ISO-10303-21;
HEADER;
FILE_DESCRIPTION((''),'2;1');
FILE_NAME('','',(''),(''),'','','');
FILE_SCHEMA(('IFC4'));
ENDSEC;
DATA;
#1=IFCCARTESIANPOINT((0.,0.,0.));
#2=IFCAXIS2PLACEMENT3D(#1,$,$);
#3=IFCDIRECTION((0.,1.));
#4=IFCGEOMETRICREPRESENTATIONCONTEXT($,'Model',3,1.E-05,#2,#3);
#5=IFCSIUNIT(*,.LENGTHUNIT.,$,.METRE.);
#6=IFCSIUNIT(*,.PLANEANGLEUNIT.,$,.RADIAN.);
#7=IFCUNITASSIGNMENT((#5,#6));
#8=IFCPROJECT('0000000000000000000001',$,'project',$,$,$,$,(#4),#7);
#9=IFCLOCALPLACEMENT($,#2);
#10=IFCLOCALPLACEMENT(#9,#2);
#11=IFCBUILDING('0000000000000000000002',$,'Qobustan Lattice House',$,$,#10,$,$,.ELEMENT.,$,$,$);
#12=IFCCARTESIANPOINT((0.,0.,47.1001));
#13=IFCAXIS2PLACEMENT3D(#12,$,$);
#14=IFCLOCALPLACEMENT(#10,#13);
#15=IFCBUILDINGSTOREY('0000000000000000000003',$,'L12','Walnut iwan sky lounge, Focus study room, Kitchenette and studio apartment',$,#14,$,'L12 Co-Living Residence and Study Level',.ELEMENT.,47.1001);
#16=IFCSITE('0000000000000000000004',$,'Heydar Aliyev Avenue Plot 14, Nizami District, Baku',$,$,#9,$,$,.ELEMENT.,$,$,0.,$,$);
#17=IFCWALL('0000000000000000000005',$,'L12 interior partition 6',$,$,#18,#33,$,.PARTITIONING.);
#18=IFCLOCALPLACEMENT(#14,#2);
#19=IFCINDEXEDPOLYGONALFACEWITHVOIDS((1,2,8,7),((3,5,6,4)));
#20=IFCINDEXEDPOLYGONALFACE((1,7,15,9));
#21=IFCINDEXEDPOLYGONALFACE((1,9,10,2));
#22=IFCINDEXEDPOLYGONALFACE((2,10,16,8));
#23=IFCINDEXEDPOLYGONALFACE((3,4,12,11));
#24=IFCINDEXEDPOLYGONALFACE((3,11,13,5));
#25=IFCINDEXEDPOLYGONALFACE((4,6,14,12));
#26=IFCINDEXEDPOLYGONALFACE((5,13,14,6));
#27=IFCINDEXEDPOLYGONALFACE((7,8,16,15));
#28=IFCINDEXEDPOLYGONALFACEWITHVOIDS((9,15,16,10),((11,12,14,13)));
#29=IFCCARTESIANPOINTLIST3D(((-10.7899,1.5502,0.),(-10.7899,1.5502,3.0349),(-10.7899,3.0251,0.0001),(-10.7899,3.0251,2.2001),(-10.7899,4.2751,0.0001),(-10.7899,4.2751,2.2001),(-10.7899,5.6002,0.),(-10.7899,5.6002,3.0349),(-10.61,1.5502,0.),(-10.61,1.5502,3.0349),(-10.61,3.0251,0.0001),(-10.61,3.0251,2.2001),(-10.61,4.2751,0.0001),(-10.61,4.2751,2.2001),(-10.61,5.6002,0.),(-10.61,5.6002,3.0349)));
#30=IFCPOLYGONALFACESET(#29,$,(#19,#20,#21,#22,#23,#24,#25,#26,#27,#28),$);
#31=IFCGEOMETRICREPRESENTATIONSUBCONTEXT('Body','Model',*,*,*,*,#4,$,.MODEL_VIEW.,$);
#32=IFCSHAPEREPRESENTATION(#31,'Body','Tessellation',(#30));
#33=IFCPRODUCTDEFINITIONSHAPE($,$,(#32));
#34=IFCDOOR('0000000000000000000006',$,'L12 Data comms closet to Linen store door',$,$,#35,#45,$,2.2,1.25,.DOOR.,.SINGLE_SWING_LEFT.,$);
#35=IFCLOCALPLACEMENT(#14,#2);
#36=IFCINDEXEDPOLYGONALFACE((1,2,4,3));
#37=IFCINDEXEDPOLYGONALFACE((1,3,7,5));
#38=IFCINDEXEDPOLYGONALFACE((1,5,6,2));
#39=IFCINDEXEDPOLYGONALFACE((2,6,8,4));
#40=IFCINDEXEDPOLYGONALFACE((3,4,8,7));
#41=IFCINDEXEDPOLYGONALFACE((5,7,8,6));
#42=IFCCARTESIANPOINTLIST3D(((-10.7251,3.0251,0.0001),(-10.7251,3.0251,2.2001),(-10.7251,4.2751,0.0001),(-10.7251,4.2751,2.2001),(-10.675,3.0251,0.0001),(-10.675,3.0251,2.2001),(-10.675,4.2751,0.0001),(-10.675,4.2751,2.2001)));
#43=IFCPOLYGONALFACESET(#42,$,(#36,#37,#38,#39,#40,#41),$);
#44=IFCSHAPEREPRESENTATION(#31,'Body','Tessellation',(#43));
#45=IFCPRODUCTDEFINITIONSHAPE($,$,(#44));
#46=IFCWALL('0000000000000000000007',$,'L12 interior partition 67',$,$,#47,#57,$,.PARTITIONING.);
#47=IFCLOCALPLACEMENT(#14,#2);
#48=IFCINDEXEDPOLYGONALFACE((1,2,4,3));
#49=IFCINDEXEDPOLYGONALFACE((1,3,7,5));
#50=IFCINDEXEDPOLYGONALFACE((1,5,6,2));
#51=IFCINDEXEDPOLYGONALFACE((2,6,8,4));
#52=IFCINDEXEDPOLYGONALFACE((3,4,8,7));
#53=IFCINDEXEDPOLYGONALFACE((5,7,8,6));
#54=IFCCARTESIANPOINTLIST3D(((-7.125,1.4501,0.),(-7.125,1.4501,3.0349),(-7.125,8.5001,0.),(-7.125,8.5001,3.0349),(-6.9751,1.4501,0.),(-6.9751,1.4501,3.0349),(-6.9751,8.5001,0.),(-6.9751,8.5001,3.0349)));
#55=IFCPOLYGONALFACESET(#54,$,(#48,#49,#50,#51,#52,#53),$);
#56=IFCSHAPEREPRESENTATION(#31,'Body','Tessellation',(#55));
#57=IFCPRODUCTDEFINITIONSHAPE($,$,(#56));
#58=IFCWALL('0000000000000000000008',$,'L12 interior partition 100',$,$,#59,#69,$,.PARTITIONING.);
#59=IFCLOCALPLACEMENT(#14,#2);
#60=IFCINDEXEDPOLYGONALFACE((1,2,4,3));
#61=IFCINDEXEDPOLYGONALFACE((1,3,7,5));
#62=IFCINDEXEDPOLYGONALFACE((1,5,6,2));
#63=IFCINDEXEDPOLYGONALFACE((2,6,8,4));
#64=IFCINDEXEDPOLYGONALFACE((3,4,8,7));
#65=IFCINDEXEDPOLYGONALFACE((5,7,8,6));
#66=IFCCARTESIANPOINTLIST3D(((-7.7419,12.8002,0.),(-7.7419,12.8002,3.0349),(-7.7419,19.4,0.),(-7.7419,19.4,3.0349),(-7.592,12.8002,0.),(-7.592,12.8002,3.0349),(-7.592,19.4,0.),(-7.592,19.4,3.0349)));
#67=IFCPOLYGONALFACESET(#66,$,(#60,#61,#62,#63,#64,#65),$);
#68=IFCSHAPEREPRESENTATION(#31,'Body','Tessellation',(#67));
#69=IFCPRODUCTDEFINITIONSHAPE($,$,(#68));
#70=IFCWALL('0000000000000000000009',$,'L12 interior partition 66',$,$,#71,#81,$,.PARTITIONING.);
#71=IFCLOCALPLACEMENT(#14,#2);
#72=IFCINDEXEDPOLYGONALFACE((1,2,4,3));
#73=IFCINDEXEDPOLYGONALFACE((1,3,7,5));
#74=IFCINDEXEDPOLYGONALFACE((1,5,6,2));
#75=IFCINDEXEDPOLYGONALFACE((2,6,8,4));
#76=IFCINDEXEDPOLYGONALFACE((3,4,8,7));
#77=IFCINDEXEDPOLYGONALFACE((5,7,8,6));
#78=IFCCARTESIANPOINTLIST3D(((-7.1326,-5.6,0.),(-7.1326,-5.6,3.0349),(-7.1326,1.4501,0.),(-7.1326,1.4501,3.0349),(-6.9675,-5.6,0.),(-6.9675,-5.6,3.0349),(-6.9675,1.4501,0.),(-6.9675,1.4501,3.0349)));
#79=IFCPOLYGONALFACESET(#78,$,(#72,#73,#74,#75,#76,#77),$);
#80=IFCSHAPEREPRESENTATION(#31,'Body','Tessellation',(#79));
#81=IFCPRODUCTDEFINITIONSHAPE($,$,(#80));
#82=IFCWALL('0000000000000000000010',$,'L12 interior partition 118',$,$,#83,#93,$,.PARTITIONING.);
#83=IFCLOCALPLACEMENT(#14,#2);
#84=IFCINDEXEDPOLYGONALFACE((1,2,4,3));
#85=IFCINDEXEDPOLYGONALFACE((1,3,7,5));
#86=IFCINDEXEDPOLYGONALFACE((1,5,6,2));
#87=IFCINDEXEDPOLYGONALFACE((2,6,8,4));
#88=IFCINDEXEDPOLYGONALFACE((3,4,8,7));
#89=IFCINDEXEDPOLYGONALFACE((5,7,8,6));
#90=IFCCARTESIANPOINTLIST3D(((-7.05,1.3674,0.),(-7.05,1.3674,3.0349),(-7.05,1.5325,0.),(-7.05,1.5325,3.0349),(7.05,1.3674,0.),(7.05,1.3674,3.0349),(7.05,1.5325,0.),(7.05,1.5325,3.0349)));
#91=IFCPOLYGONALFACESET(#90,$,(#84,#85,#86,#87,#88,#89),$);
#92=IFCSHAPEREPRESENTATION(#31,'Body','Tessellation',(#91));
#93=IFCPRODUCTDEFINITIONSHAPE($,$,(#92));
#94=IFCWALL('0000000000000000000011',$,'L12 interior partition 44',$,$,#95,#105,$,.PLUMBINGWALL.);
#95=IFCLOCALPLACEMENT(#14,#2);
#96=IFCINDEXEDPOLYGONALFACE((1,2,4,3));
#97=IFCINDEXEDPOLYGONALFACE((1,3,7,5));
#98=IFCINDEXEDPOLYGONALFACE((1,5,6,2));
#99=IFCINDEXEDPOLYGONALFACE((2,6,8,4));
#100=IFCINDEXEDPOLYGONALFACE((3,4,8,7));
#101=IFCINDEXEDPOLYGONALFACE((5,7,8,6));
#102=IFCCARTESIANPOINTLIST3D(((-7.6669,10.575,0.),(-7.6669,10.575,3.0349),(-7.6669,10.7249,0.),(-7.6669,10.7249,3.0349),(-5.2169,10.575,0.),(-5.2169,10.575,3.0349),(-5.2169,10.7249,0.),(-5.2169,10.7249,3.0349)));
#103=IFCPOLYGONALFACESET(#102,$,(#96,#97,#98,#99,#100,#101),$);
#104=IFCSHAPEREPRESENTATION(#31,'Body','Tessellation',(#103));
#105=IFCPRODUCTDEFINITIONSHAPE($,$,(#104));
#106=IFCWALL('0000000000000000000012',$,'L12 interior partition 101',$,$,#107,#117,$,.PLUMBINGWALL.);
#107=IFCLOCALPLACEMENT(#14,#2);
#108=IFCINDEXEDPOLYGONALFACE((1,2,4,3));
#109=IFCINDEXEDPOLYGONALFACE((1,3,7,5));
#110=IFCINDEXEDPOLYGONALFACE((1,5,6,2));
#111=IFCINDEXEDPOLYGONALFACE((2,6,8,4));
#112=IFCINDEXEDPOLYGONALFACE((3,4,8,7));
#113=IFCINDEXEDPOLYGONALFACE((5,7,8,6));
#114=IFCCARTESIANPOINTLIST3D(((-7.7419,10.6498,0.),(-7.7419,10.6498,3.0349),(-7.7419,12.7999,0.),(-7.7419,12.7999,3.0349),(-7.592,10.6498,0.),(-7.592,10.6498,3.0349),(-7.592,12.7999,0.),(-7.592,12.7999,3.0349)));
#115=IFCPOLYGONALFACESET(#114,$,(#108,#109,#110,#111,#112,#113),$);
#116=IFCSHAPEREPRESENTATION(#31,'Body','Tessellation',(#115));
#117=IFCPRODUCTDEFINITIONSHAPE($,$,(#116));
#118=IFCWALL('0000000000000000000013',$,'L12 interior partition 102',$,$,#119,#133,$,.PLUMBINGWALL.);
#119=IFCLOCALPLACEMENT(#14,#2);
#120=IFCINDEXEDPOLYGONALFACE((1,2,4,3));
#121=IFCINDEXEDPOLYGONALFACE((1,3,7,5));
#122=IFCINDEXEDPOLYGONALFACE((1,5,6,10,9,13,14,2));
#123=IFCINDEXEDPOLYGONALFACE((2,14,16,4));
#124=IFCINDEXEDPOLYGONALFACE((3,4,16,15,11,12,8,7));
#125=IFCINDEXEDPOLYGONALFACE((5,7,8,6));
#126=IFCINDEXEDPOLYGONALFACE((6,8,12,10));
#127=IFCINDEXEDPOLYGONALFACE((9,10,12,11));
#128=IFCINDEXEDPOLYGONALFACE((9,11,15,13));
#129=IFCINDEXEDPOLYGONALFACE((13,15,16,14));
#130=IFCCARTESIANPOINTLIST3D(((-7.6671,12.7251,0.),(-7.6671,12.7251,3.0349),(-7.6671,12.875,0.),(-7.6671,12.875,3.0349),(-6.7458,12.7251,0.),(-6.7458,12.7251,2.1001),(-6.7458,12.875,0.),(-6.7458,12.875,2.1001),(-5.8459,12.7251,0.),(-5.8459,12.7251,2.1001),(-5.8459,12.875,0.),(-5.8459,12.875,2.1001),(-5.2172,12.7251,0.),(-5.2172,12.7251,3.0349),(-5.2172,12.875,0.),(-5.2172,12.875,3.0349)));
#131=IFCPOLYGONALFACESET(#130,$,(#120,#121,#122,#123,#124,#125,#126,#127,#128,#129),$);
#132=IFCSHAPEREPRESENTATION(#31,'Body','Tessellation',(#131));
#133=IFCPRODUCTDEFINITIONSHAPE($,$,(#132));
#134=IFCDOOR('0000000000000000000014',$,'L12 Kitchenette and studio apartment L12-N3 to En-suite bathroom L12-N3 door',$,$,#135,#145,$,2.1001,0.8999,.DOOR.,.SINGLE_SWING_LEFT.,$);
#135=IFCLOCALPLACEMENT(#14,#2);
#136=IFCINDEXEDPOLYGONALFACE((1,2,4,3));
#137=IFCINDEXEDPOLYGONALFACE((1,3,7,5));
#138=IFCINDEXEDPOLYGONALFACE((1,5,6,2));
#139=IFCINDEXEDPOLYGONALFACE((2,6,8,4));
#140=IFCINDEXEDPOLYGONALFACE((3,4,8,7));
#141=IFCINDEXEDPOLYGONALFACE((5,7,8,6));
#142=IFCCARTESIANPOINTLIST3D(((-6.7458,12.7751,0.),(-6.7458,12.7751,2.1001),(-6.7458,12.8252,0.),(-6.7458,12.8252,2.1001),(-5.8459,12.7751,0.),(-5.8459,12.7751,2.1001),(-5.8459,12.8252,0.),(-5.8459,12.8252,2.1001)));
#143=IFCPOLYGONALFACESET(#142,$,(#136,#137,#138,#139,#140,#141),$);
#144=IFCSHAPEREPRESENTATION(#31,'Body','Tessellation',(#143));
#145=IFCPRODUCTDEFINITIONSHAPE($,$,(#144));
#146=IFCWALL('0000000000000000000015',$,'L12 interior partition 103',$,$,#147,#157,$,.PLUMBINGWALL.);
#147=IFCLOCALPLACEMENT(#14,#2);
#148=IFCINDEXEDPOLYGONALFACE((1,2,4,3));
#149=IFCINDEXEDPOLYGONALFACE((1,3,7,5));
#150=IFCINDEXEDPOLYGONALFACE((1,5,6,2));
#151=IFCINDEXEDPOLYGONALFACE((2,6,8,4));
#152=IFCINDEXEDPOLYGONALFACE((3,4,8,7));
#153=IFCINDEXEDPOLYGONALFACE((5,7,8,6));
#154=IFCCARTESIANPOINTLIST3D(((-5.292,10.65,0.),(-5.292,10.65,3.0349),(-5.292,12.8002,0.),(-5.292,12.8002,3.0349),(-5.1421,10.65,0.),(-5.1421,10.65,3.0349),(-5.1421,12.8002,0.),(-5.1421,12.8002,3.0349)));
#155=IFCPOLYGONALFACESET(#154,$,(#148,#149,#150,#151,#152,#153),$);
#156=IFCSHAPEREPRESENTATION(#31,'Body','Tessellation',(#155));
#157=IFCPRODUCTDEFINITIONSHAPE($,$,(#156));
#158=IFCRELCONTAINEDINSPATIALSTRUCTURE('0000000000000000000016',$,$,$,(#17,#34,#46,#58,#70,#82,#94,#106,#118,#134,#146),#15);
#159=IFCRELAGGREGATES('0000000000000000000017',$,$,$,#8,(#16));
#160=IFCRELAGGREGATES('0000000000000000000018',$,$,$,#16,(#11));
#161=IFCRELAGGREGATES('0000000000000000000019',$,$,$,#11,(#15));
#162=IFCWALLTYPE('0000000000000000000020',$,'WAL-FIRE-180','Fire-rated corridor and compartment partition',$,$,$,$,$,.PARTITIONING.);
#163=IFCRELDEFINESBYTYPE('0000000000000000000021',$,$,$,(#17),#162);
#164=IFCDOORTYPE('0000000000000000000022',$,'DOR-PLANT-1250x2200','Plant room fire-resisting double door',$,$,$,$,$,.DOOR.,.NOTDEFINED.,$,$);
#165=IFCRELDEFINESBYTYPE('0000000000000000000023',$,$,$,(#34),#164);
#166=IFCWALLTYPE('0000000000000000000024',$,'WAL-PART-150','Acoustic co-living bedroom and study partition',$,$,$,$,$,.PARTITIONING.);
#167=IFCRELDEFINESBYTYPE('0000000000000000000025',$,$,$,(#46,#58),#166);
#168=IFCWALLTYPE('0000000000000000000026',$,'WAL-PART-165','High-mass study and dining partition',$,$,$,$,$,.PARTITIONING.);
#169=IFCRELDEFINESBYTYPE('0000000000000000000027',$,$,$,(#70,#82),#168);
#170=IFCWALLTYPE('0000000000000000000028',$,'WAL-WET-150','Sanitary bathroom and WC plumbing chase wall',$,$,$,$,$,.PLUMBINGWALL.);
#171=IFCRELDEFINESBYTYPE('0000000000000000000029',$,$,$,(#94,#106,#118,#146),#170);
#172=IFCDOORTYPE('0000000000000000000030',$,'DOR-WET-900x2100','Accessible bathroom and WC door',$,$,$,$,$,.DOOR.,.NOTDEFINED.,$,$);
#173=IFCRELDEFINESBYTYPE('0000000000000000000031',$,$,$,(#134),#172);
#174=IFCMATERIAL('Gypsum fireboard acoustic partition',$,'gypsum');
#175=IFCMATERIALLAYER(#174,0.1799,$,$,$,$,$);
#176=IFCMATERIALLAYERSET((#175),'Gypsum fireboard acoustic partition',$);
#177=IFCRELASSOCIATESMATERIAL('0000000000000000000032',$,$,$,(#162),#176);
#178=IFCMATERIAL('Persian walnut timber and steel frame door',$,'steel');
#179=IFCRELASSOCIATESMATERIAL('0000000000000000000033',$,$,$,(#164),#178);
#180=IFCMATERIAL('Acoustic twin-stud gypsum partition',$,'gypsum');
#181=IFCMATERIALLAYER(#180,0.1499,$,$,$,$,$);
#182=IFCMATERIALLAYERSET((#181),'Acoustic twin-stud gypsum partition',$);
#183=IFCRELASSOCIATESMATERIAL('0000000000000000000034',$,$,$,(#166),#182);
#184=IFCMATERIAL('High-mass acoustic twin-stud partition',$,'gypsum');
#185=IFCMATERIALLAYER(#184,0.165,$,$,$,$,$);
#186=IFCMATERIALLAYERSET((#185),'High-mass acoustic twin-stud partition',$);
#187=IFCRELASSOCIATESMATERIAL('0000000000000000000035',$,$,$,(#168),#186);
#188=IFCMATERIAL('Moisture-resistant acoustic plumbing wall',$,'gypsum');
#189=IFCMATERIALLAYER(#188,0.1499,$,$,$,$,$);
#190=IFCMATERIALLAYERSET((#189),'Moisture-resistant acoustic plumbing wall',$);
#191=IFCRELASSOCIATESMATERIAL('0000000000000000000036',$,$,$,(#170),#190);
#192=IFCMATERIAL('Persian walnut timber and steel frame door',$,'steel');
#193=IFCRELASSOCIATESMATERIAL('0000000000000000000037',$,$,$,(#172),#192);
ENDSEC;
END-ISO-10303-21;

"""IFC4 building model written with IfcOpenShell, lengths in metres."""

from ifc_helpers import new_model, si_unit, direction, frame, frame_2d, origin, place, context, subcontext, project, spatial, rectangle, extrude, material, layer, layer_set, type_object, element, fill, save


model = new_model("IFC4")

# Units and contexts
model_context = context("Model", 3, precision=1e-05, world=origin(), true_north=direction((0.0, 1.0)))
body_context = subcontext(model_context, "Body", "Model", "MODEL_VIEW")
ifc_project = project(units=[si_unit("LENGTHUNIT", "METRE"), si_unit("PLANEANGLEUNIT", "RADIAN")], contexts=[model_context])

# Site, building, storey
site_placement = place(None, origin())
site = spatial("IfcSite", under=ifc_project, at=site_placement, Name="Heydar Aliyev Avenue Plot 14, Nizami District, Baku", CompositionType="ELEMENT", RefElevation=0.0)
building_placement = place(site_placement, origin())
building = spatial("IfcBuilding", under=site, at=building_placement, Name="Qobustan Lattice House", CompositionType="ELEMENT")
storey_placement = place(building_placement, frame((0.0, 0.0, 47.1001)))
storey = spatial("IfcBuildingStorey", under=building, at=storey_placement, Name="L12", Description="Walnut iwan sky lounge, Focus study room, Kitchenette and studio apartment", LongName="L12 Co-Living Residence and Study Level", CompositionType="ELEMENT", Elevation=47.1001)

# Wall, opening, door
ifc_material_1 = material(Name="Gypsum fireboard acoustic partition", Category="gypsum")
ifc_layer_1 = layer(ifc_material_1, 0.1799)
ifc_layer_set_1 = layer_set([ifc_layer_1], Name="Gypsum fireboard acoustic partition")
wall_type_1 = type_object("IfcWallType", Name="WAL-FIRE-180", Description="Fire-rated corridor and compartment partition", PredefinedType="PARTITIONING", material=ifc_layer_set_1)
wall_1_placement = place(storey_placement, frame((-10.7, 5.6001, 0.0), z_axis=(0.0, 0.0, 1.0), x_axis=(0.0, -1.0, 0.0)))
wall_1 = element("IfcWall", 1, at=wall_1_placement, inside=storey, type_object=wall_type_1, Name="L12 interior partition 6", PredefinedType="PARTITIONING", context=body_context, shape_type="SweptSolid", body=[
    extrude(rectangle(XDim=4.05, YDim=0.1799, at=frame_2d((2.0249, 0.0))), origin(), (0.0, 0.0, 1.0), 3.0349),
])
opening_1_placement = place(wall_1_placement, frame((1.325, 0.0, 0.0)))
opening_1 = element("IfcOpeningElement", 2, at=opening_1_placement, cuts=wall_1, PredefinedType="OPENING", context=body_context, shape_type="SweptSolid", body=[
    extrude(rectangle(XDim=1.25, YDim=2.2, at=frame_2d((0.625, 1.1001))), frame((0.0, 0.0999, 0.0), z_axis=(0.0, -1.0, 0.0), x_axis=(1.0, 0.0, 0.0)), (0.0, 0.0, 1.0), 0.2),
])
ifc_material_2 = material(Name="Persian walnut timber and steel frame door", Category="steel")
door_type_1 = type_object("IfcDoorType", Name="DOR-PLANT-1250x2200", Description="Plant room fire-resisting double door", OperationType="NOTDEFINED", PredefinedType="DOOR", material=ifc_material_2)
door_1_placement = place(opening_1_placement, origin())
door_1 = element("IfcDoor", 3, at=door_1_placement, inside=storey, type_object=door_type_1, Name="L12 Data comms closet to Linen store door", OperationType="SINGLE_SWING_LEFT", OverallHeight=2.2, OverallWidth=1.25, PredefinedType="DOOR", context=body_context, shape_type="SweptSolid", body=[
    extrude(rectangle(XDim=1.25, YDim=2.2, at=frame_2d((0.625, 1.1001))), frame((0.0, 0.0249, 0.0), z_axis=(0.0, -1.0, 0.0), x_axis=(1.0, 0.0, 0.0)), (0.0, 0.0, 1.0), 0.05),
])
fill(opening_1, door_1)

# Walls
ifc_material_3 = material(Name="Acoustic twin-stud gypsum partition", Category="gypsum")
ifc_layer_2 = layer(ifc_material_3, 0.1499)
ifc_layer_set_2 = layer_set([ifc_layer_2], Name="Acoustic twin-stud gypsum partition")
wall_type_2 = type_object("IfcWallType", Name="WAL-PART-150", Description="Acoustic co-living bedroom and study partition", PredefinedType="PARTITIONING", material=ifc_layer_set_2)
wall_2_placement = place(storey_placement, frame((-7.05, 8.5, 0.0), z_axis=(0.0, 0.0, 1.0), x_axis=(0.0, -1.0, 0.0)))
element("IfcWall", 4, at=wall_2_placement, inside=storey, type_object=wall_type_2, Name="L12 interior partition 67", PredefinedType="PARTITIONING", context=body_context, shape_type="SweptSolid", body=[
    extrude(rectangle(XDim=7.05, YDim=0.1499, at=frame_2d((3.5249, 0.0))), origin(), (0.0, 0.0, 1.0), 3.0349),
])
wall_3_placement = place(storey_placement, frame((-7.667, 19.3999, 0.0), z_axis=(0.0, 0.0, 1.0), x_axis=(0.0, -1.0, 0.0)))
element("IfcWall", 5, at=wall_3_placement, inside=storey, type_object=wall_type_2, Name="L12 interior partition 100", PredefinedType="PARTITIONING", context=body_context, shape_type="SweptSolid", body=[
    extrude(rectangle(XDim=6.5999, YDim=0.1499, at=frame_2d((3.2998, 0.0))), origin(), (0.0, 0.0, 1.0), 3.0349),
])
ifc_material_4 = material(Name="High-mass acoustic twin-stud partition", Category="gypsum")
ifc_layer_3 = layer(ifc_material_4, 0.165)
ifc_layer_set_3 = layer_set([ifc_layer_3], Name="High-mass acoustic twin-stud partition")
wall_type_3 = type_object("IfcWallType", Name="WAL-PART-165", Description="High-mass study and dining partition", PredefinedType="PARTITIONING", material=ifc_layer_set_3)
wall_4_placement = place(storey_placement, frame((-7.05, 1.45, 0.0), z_axis=(0.0, 0.0, 1.0), x_axis=(0.0, -1.0, 0.0)))
element("IfcWall", 6, at=wall_4_placement, inside=storey, type_object=wall_type_3, Name="L12 interior partition 66", PredefinedType="PARTITIONING", context=body_context, shape_type="SweptSolid", body=[
    extrude(rectangle(XDim=7.05, YDim=0.165, at=frame_2d((3.5249, 0.0))), origin(), (0.0, 0.0, 1.0), 3.0349),
])
wall_5_placement = place(storey_placement, frame((-7.05, 1.45, 0.0), z_axis=(0.0, 0.0, 1.0), x_axis=(1.0, 0.0, 0.0)))
element("IfcWall", 7, at=wall_5_placement, inside=storey, type_object=wall_type_3, Name="L12 interior partition 118", PredefinedType="PARTITIONING", context=body_context, shape_type="SweptSolid", body=[
    extrude(rectangle(XDim=14.1001, YDim=0.165, at=frame_2d((7.05, 0.0))), origin(), (0.0, 0.0, 1.0), 3.0349),
])

# Walls
ifc_material_5 = material(Name="Moisture-resistant acoustic plumbing wall", Category="gypsum")
ifc_layer_4 = layer(ifc_material_5, 0.1499)
ifc_layer_set_4 = layer_set([ifc_layer_4], Name="Moisture-resistant acoustic plumbing wall")
wall_type_4 = type_object("IfcWallType", Name="WAL-WET-150", Description="Sanitary bathroom and WC plumbing chase wall", PredefinedType="PLUMBINGWALL", material=ifc_layer_set_4)
wall_6_placement = place(storey_placement, frame((-7.667, 10.6499, 0.0), z_axis=(0.0, 0.0, 1.0), x_axis=(1.0, 0.0, 0.0)))
element("IfcWall", 8, at=wall_6_placement, inside=storey, type_object=wall_type_4, Name="L12 interior partition 44", PredefinedType="PLUMBINGWALL", context=body_context, shape_type="SweptSolid", body=[
    extrude(rectangle(XDim=2.45, YDim=0.1499, at=frame_2d((1.2251, 0.0))), origin(), (0.0, 0.0, 1.0), 3.0349),
])
wall_7_placement = place(storey_placement, frame((-7.667, 12.8, 0.0), z_axis=(0.0, 0.0, 1.0), x_axis=(0.0, -1.0, 0.0)))
element("IfcWall", 9, at=wall_7_placement, inside=storey, type_object=wall_type_4, Name="L12 interior partition 101", PredefinedType="PLUMBINGWALL", context=body_context, shape_type="SweptSolid", body=[
    extrude(rectangle(XDim=2.1501, YDim=0.1499, at=frame_2d((1.0752, 0.0))), origin(), (0.0, 0.0, 1.0), 3.0349),
])

# Wall, opening, door
wall_8_placement = place(storey_placement, frame((-5.217, 12.8, 0.0), z_axis=(0.0, 0.0, 1.0), x_axis=(-1.0, 0.0, 0.0)))
wall_8 = element("IfcWall", 10, at=wall_8_placement, inside=storey, type_object=wall_type_4, Name="L12 interior partition 102", PredefinedType="PLUMBINGWALL", context=body_context, shape_type="SweptSolid", body=[
    extrude(rectangle(XDim=2.45, YDim=0.1499, at=frame_2d((1.2251, 0.0))), origin(), (0.0, 0.0, 1.0), 3.0349),
])
opening_2_placement = place(wall_8_placement, frame((0.6289, 0.0, 0.0)))
opening_2 = element("IfcOpeningElement", 11, at=opening_2_placement, cuts=wall_8, PredefinedType="OPENING", context=body_context, shape_type="SweptSolid", body=[
    extrude(rectangle(XDim=0.8999, YDim=2.1001, at=frame_2d((0.45, 1.05))), frame((0.0, 0.085, 0.0), z_axis=(0.0, -1.0, 0.0), x_axis=(1.0, 0.0, 0.0)), (0.0, 0.0, 1.0), 0.1699),
])
ifc_material_6 = material(Name="Persian walnut timber and steel frame door", Category="steel")
door_type_2 = type_object("IfcDoorType", Name="DOR-WET-900x2100", Description="Accessible bathroom and WC door", OperationType="NOTDEFINED", PredefinedType="DOOR", material=ifc_material_6)
door_2_placement = place(opening_2_placement, origin())
door_2 = element("IfcDoor", 12, at=door_2_placement, inside=storey, type_object=door_type_2, Name="L12 Kitchenette and studio apartment L12-N3 to En-suite bathroom L12-N3 door", OperationType="SINGLE_SWING_LEFT", OverallHeight=2.1001, OverallWidth=0.8999, PredefinedType="DOOR", context=body_context, shape_type="SweptSolid", body=[
    extrude(rectangle(XDim=0.8999, YDim=2.1001, at=frame_2d((0.45, 1.05))), frame((0.0, 0.0249, 0.0), z_axis=(0.0, -1.0, 0.0), x_axis=(1.0, 0.0, 0.0)), (0.0, 0.0, 1.0), 0.05),
])
fill(opening_2, door_2)

# Wall
wall_9_placement = place(storey_placement, frame((-5.217, 10.6499, 0.0), z_axis=(0.0, 0.0, 1.0), x_axis=(0.0, 1.0, 0.0)))
element("IfcWall", 13, at=wall_9_placement, inside=storey, type_object=wall_type_4, Name="L12 interior partition 103", PredefinedType="PLUMBINGWALL", context=body_context, shape_type="SweptSolid", body=[
    extrude(rectangle(XDim=2.1501, YDim=0.1499, at=frame_2d((1.0752, 0.0))), origin(), (0.0, 0.0, 1.0), 3.0349),
])

save(model, "model.ifc")
